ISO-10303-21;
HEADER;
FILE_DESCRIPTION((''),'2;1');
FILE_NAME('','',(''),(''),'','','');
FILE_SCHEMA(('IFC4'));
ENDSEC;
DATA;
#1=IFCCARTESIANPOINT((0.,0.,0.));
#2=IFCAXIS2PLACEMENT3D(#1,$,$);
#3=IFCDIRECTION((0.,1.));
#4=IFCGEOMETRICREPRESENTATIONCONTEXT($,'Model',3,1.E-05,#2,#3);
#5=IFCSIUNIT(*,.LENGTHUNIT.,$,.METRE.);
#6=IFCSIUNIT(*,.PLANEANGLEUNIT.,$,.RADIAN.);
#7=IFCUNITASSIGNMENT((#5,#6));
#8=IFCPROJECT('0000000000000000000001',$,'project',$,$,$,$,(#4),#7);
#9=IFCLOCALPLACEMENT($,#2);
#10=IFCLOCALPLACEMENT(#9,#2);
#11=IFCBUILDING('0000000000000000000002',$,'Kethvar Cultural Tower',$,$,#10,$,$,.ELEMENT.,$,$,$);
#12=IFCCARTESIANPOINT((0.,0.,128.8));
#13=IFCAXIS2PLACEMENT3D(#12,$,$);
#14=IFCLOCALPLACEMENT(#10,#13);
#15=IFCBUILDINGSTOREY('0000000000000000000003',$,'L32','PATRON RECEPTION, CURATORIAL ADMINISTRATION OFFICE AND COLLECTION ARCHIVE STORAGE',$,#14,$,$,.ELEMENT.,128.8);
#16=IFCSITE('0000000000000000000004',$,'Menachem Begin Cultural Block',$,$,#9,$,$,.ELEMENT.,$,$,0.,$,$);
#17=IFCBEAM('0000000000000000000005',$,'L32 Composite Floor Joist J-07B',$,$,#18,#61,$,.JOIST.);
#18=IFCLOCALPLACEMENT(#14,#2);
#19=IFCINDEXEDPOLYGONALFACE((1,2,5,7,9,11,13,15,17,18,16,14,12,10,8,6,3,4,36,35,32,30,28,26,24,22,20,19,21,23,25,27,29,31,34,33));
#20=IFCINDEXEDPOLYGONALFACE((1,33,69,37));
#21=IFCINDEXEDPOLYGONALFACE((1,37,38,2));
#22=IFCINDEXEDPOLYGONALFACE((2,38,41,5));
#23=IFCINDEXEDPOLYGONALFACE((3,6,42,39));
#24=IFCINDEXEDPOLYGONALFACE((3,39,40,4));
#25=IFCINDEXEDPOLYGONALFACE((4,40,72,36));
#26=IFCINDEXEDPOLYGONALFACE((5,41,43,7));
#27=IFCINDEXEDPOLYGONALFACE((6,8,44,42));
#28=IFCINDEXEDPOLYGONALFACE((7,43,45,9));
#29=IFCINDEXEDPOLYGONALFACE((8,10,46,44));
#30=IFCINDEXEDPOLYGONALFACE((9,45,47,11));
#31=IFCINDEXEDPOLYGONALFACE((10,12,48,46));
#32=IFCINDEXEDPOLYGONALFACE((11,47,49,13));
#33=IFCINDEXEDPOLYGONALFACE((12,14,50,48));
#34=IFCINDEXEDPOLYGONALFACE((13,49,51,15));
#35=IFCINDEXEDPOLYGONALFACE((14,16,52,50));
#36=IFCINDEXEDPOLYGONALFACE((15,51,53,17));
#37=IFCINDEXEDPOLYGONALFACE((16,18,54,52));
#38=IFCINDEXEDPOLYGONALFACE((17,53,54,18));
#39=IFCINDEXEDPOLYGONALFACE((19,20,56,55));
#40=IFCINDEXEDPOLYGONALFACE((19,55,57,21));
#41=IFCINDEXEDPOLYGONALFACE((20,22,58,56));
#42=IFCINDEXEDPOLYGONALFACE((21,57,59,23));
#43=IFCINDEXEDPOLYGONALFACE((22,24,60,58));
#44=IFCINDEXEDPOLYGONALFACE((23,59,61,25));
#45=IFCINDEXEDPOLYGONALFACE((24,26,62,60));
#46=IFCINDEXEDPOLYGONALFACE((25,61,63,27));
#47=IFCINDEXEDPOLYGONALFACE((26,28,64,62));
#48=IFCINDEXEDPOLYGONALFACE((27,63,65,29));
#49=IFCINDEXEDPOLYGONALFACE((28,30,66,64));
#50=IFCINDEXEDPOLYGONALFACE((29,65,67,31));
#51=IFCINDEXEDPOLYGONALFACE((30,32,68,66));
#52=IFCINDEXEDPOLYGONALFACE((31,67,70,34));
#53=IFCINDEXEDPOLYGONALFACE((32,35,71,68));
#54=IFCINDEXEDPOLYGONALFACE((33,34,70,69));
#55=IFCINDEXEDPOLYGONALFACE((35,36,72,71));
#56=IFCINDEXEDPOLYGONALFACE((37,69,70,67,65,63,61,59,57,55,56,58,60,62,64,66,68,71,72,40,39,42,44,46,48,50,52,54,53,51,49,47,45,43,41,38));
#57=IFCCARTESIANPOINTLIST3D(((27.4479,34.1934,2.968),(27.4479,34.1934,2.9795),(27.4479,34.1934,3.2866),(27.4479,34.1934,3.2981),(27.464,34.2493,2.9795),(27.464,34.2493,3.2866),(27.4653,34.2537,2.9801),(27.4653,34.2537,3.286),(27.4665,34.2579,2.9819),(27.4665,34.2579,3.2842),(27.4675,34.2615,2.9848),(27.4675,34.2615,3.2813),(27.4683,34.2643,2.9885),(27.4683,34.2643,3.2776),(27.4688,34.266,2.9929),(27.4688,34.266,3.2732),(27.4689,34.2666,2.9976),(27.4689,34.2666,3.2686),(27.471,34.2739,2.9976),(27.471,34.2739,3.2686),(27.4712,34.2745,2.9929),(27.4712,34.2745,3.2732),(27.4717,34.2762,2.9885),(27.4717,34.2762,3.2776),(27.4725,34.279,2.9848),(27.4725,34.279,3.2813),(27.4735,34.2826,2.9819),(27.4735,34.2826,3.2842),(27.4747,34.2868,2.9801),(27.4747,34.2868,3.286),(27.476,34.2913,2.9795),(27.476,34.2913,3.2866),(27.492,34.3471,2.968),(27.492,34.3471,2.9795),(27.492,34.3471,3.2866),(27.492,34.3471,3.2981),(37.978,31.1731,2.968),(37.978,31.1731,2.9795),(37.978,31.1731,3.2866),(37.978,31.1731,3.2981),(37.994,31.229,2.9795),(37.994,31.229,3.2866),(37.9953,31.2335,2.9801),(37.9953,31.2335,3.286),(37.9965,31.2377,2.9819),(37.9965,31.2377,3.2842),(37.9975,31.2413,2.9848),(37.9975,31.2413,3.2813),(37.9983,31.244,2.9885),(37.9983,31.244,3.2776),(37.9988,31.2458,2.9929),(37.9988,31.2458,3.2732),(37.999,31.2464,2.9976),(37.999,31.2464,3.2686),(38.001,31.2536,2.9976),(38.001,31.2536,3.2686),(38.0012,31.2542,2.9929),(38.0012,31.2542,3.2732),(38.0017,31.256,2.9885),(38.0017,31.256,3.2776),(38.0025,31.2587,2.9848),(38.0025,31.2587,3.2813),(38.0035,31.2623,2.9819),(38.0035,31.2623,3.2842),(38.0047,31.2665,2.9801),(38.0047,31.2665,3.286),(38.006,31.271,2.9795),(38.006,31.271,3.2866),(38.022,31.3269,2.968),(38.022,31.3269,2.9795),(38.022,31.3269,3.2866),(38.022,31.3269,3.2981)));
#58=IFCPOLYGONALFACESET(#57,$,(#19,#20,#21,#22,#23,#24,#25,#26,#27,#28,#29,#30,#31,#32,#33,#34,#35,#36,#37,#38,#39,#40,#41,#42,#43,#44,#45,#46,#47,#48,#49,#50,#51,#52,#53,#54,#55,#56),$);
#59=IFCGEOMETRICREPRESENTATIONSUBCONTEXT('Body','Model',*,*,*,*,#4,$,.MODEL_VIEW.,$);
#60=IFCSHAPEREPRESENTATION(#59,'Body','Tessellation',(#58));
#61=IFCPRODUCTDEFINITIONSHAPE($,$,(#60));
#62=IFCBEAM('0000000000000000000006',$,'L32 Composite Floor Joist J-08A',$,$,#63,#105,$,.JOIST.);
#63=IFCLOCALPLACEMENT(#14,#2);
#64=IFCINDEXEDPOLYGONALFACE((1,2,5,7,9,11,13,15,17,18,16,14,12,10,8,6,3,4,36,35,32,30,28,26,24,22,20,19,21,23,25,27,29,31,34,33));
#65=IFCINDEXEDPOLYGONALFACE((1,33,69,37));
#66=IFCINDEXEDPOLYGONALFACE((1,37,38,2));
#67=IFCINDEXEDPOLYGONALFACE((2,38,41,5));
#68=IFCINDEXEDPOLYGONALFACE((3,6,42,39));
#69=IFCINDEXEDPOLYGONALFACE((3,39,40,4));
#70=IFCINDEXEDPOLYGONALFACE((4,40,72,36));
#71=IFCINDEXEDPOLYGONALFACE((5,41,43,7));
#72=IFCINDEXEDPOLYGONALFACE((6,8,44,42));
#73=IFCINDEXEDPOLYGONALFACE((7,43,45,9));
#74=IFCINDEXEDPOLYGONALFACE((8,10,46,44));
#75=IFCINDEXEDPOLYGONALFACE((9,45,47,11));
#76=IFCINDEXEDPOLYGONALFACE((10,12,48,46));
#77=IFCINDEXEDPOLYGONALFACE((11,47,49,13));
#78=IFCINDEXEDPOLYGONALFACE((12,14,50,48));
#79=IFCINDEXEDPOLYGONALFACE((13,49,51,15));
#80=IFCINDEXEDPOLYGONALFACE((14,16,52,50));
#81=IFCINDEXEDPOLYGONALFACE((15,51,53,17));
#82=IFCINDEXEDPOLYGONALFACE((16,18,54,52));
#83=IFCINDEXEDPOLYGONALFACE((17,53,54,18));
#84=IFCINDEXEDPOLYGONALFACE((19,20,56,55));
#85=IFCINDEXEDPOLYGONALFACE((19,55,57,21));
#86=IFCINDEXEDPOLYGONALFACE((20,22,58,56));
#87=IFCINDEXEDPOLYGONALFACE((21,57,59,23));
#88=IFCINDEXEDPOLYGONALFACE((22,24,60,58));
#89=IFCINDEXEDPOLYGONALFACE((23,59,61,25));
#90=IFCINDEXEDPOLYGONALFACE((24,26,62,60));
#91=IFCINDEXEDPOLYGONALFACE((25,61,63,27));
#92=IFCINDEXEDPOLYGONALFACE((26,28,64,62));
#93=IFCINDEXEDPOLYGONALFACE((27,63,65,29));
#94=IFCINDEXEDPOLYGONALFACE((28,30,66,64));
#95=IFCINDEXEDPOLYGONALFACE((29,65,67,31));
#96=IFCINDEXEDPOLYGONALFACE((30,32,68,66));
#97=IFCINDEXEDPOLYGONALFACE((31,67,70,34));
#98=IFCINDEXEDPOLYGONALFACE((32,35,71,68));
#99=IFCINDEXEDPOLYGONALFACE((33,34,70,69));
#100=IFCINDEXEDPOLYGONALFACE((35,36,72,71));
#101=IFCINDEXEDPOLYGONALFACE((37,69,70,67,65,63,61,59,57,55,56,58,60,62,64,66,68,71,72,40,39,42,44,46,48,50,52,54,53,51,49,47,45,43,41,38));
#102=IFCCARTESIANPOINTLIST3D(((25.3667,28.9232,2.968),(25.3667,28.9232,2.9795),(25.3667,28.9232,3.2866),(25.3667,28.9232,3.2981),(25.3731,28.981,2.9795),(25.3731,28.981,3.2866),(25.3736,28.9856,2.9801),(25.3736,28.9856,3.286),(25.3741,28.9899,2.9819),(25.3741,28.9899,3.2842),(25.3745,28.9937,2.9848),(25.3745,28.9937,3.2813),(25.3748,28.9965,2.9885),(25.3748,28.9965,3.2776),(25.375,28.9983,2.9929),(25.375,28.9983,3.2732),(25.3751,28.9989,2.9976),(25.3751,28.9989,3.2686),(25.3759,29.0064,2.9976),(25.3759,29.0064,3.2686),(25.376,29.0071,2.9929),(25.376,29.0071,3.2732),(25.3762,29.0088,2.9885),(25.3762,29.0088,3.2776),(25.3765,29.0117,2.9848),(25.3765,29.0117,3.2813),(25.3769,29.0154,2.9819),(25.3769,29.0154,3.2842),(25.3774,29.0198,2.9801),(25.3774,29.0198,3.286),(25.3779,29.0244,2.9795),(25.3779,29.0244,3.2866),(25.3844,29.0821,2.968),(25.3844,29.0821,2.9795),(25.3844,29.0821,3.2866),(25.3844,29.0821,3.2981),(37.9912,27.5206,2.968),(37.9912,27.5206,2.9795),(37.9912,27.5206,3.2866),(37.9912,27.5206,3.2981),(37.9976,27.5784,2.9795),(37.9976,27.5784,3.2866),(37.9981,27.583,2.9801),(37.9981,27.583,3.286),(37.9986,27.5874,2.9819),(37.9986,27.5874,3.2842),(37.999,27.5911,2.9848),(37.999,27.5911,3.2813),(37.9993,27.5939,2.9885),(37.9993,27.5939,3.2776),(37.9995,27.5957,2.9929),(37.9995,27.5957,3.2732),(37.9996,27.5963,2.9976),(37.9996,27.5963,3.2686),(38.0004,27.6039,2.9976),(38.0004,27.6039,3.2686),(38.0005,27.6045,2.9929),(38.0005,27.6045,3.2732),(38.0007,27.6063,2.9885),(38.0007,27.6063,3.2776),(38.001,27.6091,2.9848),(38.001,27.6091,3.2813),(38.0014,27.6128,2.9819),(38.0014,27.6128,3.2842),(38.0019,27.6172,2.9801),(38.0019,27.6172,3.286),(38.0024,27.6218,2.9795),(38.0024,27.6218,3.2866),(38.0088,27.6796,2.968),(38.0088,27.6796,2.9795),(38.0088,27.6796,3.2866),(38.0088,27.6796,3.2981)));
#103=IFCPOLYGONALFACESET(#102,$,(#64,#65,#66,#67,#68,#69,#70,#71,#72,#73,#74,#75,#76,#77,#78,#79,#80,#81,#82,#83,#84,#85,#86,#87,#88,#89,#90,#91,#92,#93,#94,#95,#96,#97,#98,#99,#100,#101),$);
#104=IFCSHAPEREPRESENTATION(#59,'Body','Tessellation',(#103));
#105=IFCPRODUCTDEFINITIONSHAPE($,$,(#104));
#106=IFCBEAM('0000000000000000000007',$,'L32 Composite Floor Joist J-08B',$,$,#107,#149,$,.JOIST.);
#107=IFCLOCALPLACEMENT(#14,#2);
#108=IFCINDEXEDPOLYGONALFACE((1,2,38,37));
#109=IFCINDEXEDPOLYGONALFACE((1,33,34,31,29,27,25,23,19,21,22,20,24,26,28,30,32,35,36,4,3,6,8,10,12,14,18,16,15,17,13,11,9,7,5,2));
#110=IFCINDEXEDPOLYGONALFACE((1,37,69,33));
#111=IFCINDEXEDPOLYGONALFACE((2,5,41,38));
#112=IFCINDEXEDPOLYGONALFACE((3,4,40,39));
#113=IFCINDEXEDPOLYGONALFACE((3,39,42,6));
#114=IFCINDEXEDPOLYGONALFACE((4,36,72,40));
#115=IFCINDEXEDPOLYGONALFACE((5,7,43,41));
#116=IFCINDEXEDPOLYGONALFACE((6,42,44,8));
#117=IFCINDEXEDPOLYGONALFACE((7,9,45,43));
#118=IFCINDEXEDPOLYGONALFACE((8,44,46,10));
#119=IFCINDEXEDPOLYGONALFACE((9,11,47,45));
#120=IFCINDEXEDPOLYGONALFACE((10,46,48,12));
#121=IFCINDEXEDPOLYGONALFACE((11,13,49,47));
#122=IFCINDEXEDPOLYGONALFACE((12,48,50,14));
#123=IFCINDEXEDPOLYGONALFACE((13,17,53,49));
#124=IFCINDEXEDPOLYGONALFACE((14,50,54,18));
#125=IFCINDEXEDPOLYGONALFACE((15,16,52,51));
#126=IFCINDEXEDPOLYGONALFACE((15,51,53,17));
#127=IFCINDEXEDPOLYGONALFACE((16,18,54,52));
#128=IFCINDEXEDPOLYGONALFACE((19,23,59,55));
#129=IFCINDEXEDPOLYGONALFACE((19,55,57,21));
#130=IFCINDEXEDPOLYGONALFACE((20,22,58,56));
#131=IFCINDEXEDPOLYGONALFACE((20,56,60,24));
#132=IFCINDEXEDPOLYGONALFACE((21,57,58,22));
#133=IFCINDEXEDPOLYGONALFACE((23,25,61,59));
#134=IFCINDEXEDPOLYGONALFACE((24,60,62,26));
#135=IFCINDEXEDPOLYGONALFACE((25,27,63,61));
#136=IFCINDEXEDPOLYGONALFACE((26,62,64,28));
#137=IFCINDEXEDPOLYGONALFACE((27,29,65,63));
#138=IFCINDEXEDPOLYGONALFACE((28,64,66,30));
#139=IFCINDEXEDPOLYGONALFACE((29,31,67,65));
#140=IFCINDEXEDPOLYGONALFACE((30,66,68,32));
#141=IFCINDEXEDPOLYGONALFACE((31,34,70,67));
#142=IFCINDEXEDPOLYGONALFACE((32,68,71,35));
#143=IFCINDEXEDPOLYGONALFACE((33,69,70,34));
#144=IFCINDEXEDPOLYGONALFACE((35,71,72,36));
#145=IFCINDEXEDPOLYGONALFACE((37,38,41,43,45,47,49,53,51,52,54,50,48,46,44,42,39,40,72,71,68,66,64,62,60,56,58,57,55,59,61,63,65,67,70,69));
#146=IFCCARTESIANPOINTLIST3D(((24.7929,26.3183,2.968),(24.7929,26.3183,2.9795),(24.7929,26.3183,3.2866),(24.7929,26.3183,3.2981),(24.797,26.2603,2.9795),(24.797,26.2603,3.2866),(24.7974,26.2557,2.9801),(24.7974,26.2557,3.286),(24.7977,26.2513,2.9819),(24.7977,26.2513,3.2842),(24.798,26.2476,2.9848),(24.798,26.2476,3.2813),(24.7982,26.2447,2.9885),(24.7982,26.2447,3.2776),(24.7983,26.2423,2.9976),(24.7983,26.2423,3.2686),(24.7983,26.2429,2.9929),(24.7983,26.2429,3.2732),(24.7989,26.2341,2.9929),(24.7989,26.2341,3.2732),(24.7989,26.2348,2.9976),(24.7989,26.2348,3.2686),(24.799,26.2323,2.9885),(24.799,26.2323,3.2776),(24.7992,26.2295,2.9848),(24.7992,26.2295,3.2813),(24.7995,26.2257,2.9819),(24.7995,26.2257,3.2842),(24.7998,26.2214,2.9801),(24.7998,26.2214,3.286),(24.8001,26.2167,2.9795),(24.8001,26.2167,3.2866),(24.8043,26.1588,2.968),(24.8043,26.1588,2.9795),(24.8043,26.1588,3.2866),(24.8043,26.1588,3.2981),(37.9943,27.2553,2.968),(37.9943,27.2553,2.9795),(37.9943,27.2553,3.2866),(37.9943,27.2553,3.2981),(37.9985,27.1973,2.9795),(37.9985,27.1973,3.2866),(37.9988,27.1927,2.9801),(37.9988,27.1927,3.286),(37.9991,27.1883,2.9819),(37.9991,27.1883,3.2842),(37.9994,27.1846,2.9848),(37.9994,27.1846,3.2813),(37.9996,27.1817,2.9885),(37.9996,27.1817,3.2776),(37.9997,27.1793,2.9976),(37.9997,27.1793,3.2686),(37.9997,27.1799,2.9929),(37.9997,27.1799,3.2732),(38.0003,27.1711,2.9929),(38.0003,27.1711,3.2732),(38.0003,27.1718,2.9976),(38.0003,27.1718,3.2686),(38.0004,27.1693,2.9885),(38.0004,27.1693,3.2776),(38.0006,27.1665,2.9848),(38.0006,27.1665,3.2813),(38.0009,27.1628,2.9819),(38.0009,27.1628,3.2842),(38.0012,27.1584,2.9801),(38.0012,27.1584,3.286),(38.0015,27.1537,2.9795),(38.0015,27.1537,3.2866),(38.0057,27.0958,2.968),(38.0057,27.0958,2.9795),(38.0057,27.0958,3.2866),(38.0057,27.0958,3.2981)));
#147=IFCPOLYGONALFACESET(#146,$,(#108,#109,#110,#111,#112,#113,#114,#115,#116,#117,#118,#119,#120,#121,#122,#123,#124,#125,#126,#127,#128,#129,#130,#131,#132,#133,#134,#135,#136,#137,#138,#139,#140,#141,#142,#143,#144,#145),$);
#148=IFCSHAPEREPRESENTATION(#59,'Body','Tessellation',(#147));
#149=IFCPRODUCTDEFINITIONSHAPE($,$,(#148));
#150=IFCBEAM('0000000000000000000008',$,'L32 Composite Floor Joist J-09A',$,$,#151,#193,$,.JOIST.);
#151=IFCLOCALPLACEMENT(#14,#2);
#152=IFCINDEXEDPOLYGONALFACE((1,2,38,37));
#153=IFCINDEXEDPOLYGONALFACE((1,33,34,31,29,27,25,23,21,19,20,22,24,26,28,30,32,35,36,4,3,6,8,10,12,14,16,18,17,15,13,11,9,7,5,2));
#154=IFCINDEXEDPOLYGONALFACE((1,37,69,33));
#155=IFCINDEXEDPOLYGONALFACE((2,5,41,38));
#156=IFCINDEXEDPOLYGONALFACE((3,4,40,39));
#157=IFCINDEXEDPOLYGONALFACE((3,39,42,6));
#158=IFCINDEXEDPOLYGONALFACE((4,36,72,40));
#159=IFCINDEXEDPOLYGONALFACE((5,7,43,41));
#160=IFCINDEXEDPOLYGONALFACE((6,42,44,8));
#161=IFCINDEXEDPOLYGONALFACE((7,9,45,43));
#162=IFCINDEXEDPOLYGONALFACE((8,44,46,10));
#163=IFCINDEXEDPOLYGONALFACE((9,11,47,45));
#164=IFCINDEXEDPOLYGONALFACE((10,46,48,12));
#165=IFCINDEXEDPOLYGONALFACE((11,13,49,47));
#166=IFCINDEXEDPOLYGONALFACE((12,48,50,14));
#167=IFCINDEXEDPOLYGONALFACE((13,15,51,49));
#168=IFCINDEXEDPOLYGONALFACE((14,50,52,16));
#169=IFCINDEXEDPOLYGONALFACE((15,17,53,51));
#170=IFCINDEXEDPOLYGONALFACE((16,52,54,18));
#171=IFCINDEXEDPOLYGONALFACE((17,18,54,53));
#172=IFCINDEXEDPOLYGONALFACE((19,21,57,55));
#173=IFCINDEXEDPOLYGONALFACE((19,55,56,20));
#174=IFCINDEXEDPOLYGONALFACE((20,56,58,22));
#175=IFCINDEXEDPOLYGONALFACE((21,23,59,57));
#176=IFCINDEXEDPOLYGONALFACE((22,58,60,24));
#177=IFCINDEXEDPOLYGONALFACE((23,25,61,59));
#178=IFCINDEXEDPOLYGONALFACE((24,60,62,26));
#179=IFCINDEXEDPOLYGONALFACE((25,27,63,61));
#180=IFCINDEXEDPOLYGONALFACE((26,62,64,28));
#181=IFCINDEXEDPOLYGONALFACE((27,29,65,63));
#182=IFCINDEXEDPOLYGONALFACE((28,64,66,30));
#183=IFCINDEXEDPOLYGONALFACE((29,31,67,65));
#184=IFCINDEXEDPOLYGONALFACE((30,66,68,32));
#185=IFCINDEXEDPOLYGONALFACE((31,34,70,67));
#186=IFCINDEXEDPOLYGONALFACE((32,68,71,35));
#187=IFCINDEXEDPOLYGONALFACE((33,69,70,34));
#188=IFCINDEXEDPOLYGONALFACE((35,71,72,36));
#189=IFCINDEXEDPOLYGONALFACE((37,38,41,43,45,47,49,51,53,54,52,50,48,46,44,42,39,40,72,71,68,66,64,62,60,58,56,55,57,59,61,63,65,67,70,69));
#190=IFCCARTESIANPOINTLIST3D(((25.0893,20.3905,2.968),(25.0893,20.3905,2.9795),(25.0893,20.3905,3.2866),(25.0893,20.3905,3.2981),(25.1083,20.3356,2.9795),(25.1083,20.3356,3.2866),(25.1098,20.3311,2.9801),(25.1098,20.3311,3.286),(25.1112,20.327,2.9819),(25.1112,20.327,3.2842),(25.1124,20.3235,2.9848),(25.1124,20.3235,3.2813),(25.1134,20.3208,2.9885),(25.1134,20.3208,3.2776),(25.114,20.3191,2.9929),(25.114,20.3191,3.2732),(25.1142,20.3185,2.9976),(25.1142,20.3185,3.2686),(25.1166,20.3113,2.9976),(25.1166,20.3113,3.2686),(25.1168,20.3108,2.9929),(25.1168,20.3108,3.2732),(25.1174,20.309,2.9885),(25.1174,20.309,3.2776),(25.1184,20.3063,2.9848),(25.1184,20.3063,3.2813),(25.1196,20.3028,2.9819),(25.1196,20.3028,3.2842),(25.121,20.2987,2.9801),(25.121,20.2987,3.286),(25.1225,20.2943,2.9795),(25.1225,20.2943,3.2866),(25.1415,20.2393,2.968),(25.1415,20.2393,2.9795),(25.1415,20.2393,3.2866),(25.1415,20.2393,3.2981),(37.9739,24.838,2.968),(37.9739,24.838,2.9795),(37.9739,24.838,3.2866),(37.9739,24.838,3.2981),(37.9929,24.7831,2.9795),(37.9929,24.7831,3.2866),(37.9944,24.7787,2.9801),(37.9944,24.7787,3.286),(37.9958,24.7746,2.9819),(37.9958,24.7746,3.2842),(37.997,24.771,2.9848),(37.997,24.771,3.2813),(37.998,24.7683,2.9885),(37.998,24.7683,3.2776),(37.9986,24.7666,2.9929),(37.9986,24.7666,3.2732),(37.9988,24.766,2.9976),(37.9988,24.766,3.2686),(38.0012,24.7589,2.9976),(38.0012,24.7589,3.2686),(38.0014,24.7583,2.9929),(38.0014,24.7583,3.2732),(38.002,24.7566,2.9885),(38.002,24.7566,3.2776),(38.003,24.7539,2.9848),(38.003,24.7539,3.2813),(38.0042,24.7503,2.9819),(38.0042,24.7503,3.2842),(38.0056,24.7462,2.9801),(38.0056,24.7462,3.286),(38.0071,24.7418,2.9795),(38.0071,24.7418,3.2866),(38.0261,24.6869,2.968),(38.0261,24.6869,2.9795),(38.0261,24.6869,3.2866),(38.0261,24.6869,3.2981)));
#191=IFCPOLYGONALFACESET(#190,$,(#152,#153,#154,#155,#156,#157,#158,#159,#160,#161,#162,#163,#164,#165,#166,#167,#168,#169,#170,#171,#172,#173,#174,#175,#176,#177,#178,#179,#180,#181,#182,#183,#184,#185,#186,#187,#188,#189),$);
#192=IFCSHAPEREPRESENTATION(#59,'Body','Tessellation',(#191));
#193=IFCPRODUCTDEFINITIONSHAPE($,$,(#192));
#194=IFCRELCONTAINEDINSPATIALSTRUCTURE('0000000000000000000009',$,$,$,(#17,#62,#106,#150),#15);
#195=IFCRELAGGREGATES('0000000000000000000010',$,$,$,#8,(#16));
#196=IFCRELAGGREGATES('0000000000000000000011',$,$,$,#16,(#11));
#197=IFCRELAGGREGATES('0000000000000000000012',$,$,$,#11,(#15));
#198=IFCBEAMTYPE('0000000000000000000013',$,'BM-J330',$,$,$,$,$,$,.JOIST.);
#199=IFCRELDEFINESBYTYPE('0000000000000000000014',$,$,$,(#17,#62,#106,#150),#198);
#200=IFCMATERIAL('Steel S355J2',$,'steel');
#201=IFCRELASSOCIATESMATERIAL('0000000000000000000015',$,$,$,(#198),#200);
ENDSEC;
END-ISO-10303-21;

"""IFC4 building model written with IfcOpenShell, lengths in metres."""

from ifc_helpers import new_model, si_unit, direction, frame, origin, origin_2d, place, context, subcontext, project, spatial, i_section, extrude, source, transform, mapped, material, material_profile, profile_set, type_object, element, save


model = new_model("IFC4")

# Units and contexts
model_context = context("Model", 3, precision=1e-05, world=origin(), true_north=direction((0.0, 1.0)))
body_context = subcontext(model_context, "Body", "Model", "MODEL_VIEW")
ifc_project = project(units=[si_unit("LENGTHUNIT", "METRE"), si_unit("PLANEANGLEUNIT", "RADIAN")], contexts=[model_context])

# Site, building, storey
site_placement = place(None, origin())
site = spatial("IfcSite", under=ifc_project, at=site_placement, Name="Menachem Begin Cultural Block", CompositionType="ELEMENT", RefElevation=0.0)
building_placement = place(site_placement, origin())
building = spatial("IfcBuilding", under=site, at=building_placement, Name="Kethvar Cultural Tower", CompositionType="ELEMENT")
storey_placement = place(building_placement, frame((0.0, 0.0, 128.8)))
storey = spatial("IfcBuildingStorey", under=building, at=storey_placement, Name="L32", Description="PATRON RECEPTION, CURATORIAL ADMINISTRATION OFFICE AND COLLECTION ARCHIVE STORAGE", CompositionType="ELEMENT", Elevation=128.8)

# Beams
ifc_material_1 = material(Name="Steel S355J2", Category="steel")
ifc_material_profile_1 = material_profile(ifc_material_1, i_section(OverallWidth=0.1599, OverallDepth=0.3301, WebThickness=0.0076, FlangeThickness=0.0115, FilletRadius=0.0181, at=origin_2d()), Name="Steel S355J2 — IPE330")
ifc_profile_set_1 = profile_set([ifc_material_profile_1], Name="Steel S355J2 — IPE330")
beam_type_1 = type_object("IfcBeamType", Name="BM-J330", PredefinedType="JOIST", material=ifc_profile_set_1)
shared_shape_1 = source(origin(), body_context, "Body", "SweptSolid", [
    extrude(i_section(OverallWidth=0.1599, OverallDepth=0.3301, WebThickness=0.0076, FlangeThickness=0.0115, FilletRadius=0.0181, at=origin_2d()), origin(), (0.0, 0.0, 1.0), 10.9546),
])
beam_1_placement = place(storey_placement, frame((38.0, 31.25, 3.1331), z_axis=(-0.961242, 0.275707, 0.0), x_axis=(-0.275707, -0.961242, 0.0)))
element("IfcBeam", 1, at=beam_1_placement, inside=storey, type_object=beam_type_1, Name="L32 Composite Floor Joist J-07B", PredefinedType="JOIST", context=body_context, shape_type="MappedRepresentation", body=[
    mapped(shared_shape_1, transform((0.0, 0.0, 0.0), scale=1.0)),
])
shared_shape_2 = source(origin(), body_context, "Body", "SweptSolid", [
    extrude(i_section(OverallWidth=0.1599, OverallDepth=0.3301, WebThickness=0.0076, FlangeThickness=0.0115, FilletRadius=0.0181, at=origin_2d()), origin(), (0.0, 0.0, 1.0), 12.7021),
])
beam_2_placement = place(storey_placement, frame((38.0, 27.6001, 3.1331), z_axis=(-0.993885, 0.110421, 0.0), x_axis=(-0.110421, -0.993885, 0.0)))
element("IfcBeam", 2, at=beam_2_placement, inside=storey, type_object=beam_type_1, Name="L32 Composite Floor Joist J-08A", PredefinedType="JOIST", context=body_context, shape_type="MappedRepresentation", body=[
    mapped(shared_shape_2, transform((0.0, 0.0, 0.0), scale=1.0)),
])
shared_shape_3 = source(origin(), body_context, "Body", "SweptSolid", [
    extrude(i_section(OverallWidth=0.1599, OverallDepth=0.3301, WebThickness=0.0076, FlangeThickness=0.0115, FilletRadius=0.0181, at=origin_2d()), origin(), (0.0, 0.0, 1.0), 13.2346),
])
beam_3_placement = place(storey_placement, frame((38.0, 27.1755, 3.1331), z_axis=(-0.997491, -0.0708, 0.0), x_axis=(0.0708, -0.997491, 0.0)))
element("IfcBeam", 3, at=beam_3_placement, inside=storey, type_object=beam_type_1, Name="L32 Composite Floor Joist J-08B", PredefinedType="JOIST", context=body_context, shape_type="MappedRepresentation", body=[
    mapped(shared_shape_3, transform((0.0, 0.0, 0.0), scale=1.0)),
])
shared_shape_4 = source(origin(), body_context, "Body", "SweptSolid", [
    extrude(i_section(OverallWidth=0.1599, OverallDepth=0.3301, WebThickness=0.0076, FlangeThickness=0.0115, FilletRadius=0.0181, at=origin_2d()), origin(), (0.0, 0.0, 1.0), 13.6306),
])
beam_4_placement = place(storey_placement, frame((38.0, 24.7625, 3.1331), z_axis=(-0.94527, -0.32629, 0.0), x_axis=(0.32629, -0.94527, 0.0)))
element("IfcBeam", 4, at=beam_4_placement, inside=storey, type_object=beam_type_1, Name="L32 Composite Floor Joist J-09A", PredefinedType="JOIST", context=body_context, shape_type="MappedRepresentation", body=[
    mapped(shared_shape_4, transform((0.0, 0.0, 0.0), scale=1.0)),
])

save(model, "model.ifc")
